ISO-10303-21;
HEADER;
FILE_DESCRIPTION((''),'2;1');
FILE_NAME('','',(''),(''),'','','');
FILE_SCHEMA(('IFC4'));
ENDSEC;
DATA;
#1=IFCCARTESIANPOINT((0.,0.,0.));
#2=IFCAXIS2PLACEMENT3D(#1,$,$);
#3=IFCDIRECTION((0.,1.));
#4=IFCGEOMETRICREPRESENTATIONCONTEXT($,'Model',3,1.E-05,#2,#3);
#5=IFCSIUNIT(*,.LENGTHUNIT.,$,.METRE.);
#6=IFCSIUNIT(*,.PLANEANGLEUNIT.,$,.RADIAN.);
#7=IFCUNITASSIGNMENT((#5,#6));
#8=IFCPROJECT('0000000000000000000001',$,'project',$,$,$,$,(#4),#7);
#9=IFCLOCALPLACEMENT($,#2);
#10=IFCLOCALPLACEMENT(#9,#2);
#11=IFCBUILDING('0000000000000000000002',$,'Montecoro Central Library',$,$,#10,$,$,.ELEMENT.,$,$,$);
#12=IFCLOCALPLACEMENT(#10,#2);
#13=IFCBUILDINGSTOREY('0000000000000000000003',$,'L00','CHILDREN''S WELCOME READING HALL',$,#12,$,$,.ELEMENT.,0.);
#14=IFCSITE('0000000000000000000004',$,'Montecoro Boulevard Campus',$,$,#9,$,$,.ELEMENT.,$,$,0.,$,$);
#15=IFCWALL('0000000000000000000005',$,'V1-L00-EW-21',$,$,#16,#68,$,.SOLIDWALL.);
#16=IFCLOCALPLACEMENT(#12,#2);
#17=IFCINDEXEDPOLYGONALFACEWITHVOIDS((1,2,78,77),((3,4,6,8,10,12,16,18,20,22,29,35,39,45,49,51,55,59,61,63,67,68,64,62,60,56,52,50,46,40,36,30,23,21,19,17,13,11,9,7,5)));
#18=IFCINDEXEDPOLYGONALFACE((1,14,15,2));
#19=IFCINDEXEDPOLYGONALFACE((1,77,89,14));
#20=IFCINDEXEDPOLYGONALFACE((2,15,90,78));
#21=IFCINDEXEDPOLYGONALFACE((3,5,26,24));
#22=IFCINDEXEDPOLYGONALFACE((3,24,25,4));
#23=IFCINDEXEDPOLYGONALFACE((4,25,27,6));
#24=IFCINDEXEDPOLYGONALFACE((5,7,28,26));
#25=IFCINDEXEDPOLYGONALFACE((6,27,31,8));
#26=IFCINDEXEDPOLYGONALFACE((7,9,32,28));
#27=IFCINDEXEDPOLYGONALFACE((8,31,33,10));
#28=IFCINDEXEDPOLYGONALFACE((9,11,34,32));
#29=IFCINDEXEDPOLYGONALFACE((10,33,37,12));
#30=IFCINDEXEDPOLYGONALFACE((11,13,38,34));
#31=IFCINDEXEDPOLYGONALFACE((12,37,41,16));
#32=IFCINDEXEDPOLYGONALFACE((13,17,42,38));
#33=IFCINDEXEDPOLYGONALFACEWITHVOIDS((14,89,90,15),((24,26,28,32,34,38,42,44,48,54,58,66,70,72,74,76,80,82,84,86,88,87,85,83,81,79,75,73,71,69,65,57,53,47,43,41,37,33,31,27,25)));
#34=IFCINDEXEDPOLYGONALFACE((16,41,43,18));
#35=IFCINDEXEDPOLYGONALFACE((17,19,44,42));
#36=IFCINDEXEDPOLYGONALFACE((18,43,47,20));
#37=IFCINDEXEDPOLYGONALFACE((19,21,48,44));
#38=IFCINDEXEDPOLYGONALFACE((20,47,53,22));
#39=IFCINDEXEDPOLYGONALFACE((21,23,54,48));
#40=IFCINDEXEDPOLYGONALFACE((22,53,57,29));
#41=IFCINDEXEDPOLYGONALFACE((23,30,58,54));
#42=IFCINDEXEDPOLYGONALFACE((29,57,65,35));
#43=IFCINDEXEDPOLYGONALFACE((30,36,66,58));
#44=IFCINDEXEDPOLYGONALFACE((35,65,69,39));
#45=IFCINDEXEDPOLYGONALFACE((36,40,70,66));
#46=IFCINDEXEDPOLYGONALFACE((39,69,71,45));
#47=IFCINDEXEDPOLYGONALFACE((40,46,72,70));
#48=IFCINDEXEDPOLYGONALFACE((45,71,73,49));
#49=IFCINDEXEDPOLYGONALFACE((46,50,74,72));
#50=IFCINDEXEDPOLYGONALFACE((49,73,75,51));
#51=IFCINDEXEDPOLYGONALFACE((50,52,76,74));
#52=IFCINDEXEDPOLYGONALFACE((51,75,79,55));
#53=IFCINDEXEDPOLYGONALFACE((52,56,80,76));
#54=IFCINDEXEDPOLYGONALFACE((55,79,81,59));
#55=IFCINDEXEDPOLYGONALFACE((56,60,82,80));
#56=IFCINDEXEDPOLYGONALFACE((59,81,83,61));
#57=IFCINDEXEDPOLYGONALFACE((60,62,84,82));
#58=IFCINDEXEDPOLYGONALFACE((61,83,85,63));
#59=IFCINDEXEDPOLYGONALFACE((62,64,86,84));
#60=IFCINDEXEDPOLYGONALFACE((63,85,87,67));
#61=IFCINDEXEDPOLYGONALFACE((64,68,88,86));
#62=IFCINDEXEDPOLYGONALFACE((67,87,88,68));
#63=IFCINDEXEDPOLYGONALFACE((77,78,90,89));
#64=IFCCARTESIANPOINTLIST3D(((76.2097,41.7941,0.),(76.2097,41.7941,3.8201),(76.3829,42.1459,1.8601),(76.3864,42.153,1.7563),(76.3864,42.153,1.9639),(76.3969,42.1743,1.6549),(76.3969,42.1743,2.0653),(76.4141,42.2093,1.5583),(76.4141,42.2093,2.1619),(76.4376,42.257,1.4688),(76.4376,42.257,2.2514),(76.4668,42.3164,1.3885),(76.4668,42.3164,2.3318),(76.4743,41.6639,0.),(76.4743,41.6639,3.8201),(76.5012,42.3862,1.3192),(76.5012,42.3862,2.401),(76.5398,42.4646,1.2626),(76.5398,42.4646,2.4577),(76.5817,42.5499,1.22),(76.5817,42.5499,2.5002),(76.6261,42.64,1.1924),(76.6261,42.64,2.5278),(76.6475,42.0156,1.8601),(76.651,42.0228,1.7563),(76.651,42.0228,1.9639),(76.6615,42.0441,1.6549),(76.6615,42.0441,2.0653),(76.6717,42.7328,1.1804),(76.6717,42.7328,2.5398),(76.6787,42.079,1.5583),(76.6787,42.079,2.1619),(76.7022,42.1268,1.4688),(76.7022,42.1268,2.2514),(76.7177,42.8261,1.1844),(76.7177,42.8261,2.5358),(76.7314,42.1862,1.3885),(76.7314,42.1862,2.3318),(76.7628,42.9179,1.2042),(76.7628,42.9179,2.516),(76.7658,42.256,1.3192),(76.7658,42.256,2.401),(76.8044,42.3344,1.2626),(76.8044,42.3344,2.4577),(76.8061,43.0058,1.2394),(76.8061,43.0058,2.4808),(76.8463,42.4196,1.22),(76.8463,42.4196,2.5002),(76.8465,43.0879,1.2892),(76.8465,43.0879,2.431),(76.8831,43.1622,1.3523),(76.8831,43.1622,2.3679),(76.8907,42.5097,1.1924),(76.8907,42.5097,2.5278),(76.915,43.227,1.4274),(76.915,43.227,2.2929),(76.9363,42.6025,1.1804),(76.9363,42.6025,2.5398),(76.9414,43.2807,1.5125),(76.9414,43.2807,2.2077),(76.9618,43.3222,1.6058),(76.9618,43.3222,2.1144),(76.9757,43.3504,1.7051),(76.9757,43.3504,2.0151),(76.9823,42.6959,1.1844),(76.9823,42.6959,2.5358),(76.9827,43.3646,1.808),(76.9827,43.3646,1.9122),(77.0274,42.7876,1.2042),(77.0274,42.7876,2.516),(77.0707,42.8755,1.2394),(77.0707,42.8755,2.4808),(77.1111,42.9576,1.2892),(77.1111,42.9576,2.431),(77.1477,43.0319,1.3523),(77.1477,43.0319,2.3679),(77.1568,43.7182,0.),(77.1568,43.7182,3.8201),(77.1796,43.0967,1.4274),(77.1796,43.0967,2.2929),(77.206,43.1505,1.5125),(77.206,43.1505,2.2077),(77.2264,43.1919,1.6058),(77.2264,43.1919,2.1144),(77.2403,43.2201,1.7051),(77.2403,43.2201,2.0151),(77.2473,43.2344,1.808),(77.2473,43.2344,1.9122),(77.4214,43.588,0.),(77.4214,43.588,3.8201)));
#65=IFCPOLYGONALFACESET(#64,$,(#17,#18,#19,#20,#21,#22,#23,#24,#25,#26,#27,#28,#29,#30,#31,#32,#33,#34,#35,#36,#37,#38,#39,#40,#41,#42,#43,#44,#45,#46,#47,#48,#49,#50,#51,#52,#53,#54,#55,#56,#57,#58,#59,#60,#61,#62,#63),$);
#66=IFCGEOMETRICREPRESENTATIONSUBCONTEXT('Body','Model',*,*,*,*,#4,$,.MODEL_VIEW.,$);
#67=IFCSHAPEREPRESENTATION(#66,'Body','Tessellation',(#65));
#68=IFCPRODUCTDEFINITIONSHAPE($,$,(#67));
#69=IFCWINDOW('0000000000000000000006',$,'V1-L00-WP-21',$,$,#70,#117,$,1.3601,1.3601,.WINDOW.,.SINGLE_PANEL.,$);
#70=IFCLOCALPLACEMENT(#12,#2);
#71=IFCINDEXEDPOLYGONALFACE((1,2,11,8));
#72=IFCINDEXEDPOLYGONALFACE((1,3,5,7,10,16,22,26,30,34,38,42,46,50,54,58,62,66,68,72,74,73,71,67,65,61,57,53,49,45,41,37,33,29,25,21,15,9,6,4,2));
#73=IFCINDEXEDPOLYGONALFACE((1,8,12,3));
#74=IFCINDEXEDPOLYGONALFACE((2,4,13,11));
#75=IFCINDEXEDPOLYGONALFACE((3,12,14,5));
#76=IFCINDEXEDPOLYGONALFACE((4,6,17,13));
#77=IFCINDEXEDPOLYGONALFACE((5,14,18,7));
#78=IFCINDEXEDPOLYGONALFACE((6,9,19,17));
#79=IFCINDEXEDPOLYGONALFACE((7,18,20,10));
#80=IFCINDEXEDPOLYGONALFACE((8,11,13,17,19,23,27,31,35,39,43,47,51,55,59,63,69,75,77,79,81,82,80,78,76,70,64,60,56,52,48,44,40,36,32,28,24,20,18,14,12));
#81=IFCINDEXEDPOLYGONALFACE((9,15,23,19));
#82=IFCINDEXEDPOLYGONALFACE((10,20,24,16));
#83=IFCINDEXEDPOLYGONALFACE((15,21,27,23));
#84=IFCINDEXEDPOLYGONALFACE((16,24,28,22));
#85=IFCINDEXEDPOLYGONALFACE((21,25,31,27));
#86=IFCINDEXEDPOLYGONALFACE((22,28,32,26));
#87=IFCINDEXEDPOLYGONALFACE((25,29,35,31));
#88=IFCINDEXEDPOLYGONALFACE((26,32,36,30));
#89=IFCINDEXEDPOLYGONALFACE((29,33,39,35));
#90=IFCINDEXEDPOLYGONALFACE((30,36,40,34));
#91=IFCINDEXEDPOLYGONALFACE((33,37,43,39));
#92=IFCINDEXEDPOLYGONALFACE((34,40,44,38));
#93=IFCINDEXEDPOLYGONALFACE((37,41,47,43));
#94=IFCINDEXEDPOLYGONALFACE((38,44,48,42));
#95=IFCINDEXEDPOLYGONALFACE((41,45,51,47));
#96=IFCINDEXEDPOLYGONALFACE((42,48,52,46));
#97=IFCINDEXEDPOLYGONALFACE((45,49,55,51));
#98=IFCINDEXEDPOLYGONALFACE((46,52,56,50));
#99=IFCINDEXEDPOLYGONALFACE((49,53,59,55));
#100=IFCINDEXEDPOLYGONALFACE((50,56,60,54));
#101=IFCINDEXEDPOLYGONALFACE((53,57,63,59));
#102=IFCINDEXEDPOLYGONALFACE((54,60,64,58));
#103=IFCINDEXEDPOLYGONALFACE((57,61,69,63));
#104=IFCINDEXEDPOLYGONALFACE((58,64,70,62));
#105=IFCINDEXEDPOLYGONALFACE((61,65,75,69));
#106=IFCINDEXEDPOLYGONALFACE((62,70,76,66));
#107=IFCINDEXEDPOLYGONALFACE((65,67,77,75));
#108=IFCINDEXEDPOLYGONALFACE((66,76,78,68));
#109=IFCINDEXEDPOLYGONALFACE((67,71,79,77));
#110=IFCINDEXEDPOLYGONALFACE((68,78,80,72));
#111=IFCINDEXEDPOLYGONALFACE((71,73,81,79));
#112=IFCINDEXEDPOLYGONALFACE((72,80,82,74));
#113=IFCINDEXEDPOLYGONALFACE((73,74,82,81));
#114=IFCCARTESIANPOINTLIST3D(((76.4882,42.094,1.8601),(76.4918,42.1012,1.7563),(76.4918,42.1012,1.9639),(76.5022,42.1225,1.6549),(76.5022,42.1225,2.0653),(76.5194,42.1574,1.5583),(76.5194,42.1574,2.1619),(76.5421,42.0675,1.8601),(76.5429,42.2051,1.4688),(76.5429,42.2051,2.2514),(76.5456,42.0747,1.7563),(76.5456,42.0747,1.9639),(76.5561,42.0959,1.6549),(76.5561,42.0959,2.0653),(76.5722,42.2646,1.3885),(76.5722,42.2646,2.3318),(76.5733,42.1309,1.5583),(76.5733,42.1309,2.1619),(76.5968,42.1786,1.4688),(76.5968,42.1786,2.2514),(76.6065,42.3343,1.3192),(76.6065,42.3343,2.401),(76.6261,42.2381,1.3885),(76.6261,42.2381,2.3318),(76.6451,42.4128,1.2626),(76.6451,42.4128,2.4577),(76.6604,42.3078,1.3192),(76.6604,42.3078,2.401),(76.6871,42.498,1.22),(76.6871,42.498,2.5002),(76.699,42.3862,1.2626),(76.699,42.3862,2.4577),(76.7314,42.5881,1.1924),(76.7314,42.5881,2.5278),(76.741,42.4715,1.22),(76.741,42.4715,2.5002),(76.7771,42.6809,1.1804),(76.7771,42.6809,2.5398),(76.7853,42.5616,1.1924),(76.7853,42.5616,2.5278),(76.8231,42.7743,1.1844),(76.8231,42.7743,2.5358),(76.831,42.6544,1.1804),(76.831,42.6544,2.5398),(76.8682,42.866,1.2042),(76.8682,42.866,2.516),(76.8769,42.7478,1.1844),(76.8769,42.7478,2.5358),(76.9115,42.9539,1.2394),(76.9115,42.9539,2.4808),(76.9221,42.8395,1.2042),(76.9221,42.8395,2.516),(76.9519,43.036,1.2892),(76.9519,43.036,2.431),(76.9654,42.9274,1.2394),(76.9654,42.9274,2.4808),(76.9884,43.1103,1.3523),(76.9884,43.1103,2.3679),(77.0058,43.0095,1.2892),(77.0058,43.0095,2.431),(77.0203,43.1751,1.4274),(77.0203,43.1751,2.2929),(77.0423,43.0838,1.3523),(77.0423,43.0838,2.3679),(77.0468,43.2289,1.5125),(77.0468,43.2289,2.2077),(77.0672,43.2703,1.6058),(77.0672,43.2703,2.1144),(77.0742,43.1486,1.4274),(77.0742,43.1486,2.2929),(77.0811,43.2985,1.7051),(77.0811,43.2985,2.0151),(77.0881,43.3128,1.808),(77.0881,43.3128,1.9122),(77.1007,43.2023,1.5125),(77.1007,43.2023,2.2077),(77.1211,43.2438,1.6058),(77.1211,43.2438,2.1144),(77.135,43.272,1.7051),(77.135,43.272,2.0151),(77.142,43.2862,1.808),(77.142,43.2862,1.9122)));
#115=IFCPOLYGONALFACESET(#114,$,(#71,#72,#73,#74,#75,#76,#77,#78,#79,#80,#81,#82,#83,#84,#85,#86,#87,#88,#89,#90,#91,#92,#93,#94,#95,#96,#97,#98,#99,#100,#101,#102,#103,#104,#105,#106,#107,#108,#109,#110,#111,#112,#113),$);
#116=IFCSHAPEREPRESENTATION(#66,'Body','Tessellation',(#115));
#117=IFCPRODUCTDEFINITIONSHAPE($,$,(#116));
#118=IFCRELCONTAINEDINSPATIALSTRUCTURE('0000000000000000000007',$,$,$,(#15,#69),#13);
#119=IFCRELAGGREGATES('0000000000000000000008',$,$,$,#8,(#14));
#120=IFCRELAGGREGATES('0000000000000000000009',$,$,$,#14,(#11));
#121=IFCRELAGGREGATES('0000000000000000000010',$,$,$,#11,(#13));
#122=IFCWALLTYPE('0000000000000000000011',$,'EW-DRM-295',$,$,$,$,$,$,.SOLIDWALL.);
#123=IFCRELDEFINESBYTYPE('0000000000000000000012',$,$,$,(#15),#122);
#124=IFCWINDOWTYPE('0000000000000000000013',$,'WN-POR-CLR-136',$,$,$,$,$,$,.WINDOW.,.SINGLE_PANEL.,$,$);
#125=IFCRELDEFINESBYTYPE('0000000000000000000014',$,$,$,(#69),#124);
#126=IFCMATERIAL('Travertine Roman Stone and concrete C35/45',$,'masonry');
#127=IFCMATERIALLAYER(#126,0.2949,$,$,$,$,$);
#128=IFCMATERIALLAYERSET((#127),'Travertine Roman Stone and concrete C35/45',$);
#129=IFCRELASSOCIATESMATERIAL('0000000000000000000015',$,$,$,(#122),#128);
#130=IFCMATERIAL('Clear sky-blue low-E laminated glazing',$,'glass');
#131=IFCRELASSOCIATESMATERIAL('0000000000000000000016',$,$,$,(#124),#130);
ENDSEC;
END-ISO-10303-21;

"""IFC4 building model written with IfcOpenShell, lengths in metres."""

from ifc_helpers import new_model, si_unit, direction, frame, frame_2d, origin, place, context, subcontext, project, spatial, rectangle, circle, extrude, material, layer, layer_set, type_object, element, fill, save


model = new_model("IFC4")

# Units and contexts
model_context = context("Model", 3, precision=1e-05, world=origin(), true_north=direction((0.0, 1.0)))
body_context = subcontext(model_context, "Body", "Model", "MODEL_VIEW")
ifc_project = project(units=[si_unit("LENGTHUNIT", "METRE"), si_unit("PLANEANGLEUNIT", "RADIAN")], contexts=[model_context])

# Site, building, storey
site_placement = place(None, origin())
site = spatial("IfcSite", under=ifc_project, at=site_placement, Name="Montecoro Boulevard Campus", CompositionType="ELEMENT", RefElevation=0.0)
building_placement = place(site_placement, origin())
building = spatial("IfcBuilding", under=site, at=building_placement, Name="Montecoro Central Library", CompositionType="ELEMENT")
storey_placement = place(building_placement, origin())
storey = spatial("IfcBuildingStorey", under=building, at=storey_placement, Name="L00", Description="CHILDREN'S WELCOME READING HALL", CompositionType="ELEMENT", Elevation=0.0)

# Wall, opening, window
ifc_material_1 = material(Name="Travertine Roman Stone and concrete C35/45", Category="masonry")
ifc_layer_1 = layer(ifc_material_1, 0.2949)
ifc_layer_set_1 = layer_set([ifc_layer_1], Name="Travertine Roman Stone and concrete C35/45")
wall_type_1 = type_object("IfcWallType", Name="EW-DRM-295", PredefinedType="SOLIDWALL", material=ifc_layer_set_1)
wall_1_placement = place(storey_placement, frame((77.2891, 43.6531, 0.0), z_axis=(0.0, 0.0, 1.0), x_axis=(-0.441604, -0.89721, 0.0)))
wall_1 = element("IfcWall", 1, at=wall_1_placement, inside=storey, type_object=wall_type_1, Name="V1-L00-EW-21", PredefinedType="SOLIDWALL", context=body_context, shape_type="SweptSolid", body=[
    extrude(rectangle(XDim=2.1445, YDim=0.2949, at=frame_2d((1.0723, 0.0))), origin(), (0.0, 0.0, 1.0), 3.8201),
])
opening_1_placement = place(wall_1_placement, frame((0.3921, 0.0, 1.1799)))
opening_1 = element("IfcOpeningElement", 2, at=opening_1_placement, cuts=wall_1, PredefinedType="OPENING", context=body_context, shape_type="SweptSolid", body=[
    extrude(circle(Radius=0.6802, at=frame_2d((0.6802, 0.6802))), frame((0.0, 0.1575, 0.0), z_axis=(0.0, -1.0, 0.0), x_axis=(1.0, 0.0, 0.0)), (0.0, 0.0, 1.0), 0.3149),
])
ifc_material_2 = material(Name="Clear sky-blue low-E laminated glazing", Category="glass")
window_type_1 = type_object("IfcWindowType", Name="WN-POR-CLR-136", PartitioningType="SINGLE_PANEL", PredefinedType="WINDOW", material=ifc_material_2)
window_1_placement = place(opening_1_placement, origin())
window_1 = element("IfcWindow", 3, at=window_1_placement, inside=storey, type_object=window_type_1, Name="V1-L00-WP-21", OverallHeight=1.3601, OverallWidth=1.3601, PartitioningType="SINGLE_PANEL", PredefinedType="WINDOW", context=body_context, shape_type="SweptSolid", body=[
    extrude(circle(Radius=0.6802, at=frame_2d((0.6802, 0.6802))), frame((0.0, 0.03, 0.0), z_axis=(0.0, -1.0, 0.0), x_axis=(1.0, 0.0, 0.0)), (0.0, 0.0, 1.0), 0.0601),
])
fill(opening_1, window_1)

save(model, "model.ifc")
